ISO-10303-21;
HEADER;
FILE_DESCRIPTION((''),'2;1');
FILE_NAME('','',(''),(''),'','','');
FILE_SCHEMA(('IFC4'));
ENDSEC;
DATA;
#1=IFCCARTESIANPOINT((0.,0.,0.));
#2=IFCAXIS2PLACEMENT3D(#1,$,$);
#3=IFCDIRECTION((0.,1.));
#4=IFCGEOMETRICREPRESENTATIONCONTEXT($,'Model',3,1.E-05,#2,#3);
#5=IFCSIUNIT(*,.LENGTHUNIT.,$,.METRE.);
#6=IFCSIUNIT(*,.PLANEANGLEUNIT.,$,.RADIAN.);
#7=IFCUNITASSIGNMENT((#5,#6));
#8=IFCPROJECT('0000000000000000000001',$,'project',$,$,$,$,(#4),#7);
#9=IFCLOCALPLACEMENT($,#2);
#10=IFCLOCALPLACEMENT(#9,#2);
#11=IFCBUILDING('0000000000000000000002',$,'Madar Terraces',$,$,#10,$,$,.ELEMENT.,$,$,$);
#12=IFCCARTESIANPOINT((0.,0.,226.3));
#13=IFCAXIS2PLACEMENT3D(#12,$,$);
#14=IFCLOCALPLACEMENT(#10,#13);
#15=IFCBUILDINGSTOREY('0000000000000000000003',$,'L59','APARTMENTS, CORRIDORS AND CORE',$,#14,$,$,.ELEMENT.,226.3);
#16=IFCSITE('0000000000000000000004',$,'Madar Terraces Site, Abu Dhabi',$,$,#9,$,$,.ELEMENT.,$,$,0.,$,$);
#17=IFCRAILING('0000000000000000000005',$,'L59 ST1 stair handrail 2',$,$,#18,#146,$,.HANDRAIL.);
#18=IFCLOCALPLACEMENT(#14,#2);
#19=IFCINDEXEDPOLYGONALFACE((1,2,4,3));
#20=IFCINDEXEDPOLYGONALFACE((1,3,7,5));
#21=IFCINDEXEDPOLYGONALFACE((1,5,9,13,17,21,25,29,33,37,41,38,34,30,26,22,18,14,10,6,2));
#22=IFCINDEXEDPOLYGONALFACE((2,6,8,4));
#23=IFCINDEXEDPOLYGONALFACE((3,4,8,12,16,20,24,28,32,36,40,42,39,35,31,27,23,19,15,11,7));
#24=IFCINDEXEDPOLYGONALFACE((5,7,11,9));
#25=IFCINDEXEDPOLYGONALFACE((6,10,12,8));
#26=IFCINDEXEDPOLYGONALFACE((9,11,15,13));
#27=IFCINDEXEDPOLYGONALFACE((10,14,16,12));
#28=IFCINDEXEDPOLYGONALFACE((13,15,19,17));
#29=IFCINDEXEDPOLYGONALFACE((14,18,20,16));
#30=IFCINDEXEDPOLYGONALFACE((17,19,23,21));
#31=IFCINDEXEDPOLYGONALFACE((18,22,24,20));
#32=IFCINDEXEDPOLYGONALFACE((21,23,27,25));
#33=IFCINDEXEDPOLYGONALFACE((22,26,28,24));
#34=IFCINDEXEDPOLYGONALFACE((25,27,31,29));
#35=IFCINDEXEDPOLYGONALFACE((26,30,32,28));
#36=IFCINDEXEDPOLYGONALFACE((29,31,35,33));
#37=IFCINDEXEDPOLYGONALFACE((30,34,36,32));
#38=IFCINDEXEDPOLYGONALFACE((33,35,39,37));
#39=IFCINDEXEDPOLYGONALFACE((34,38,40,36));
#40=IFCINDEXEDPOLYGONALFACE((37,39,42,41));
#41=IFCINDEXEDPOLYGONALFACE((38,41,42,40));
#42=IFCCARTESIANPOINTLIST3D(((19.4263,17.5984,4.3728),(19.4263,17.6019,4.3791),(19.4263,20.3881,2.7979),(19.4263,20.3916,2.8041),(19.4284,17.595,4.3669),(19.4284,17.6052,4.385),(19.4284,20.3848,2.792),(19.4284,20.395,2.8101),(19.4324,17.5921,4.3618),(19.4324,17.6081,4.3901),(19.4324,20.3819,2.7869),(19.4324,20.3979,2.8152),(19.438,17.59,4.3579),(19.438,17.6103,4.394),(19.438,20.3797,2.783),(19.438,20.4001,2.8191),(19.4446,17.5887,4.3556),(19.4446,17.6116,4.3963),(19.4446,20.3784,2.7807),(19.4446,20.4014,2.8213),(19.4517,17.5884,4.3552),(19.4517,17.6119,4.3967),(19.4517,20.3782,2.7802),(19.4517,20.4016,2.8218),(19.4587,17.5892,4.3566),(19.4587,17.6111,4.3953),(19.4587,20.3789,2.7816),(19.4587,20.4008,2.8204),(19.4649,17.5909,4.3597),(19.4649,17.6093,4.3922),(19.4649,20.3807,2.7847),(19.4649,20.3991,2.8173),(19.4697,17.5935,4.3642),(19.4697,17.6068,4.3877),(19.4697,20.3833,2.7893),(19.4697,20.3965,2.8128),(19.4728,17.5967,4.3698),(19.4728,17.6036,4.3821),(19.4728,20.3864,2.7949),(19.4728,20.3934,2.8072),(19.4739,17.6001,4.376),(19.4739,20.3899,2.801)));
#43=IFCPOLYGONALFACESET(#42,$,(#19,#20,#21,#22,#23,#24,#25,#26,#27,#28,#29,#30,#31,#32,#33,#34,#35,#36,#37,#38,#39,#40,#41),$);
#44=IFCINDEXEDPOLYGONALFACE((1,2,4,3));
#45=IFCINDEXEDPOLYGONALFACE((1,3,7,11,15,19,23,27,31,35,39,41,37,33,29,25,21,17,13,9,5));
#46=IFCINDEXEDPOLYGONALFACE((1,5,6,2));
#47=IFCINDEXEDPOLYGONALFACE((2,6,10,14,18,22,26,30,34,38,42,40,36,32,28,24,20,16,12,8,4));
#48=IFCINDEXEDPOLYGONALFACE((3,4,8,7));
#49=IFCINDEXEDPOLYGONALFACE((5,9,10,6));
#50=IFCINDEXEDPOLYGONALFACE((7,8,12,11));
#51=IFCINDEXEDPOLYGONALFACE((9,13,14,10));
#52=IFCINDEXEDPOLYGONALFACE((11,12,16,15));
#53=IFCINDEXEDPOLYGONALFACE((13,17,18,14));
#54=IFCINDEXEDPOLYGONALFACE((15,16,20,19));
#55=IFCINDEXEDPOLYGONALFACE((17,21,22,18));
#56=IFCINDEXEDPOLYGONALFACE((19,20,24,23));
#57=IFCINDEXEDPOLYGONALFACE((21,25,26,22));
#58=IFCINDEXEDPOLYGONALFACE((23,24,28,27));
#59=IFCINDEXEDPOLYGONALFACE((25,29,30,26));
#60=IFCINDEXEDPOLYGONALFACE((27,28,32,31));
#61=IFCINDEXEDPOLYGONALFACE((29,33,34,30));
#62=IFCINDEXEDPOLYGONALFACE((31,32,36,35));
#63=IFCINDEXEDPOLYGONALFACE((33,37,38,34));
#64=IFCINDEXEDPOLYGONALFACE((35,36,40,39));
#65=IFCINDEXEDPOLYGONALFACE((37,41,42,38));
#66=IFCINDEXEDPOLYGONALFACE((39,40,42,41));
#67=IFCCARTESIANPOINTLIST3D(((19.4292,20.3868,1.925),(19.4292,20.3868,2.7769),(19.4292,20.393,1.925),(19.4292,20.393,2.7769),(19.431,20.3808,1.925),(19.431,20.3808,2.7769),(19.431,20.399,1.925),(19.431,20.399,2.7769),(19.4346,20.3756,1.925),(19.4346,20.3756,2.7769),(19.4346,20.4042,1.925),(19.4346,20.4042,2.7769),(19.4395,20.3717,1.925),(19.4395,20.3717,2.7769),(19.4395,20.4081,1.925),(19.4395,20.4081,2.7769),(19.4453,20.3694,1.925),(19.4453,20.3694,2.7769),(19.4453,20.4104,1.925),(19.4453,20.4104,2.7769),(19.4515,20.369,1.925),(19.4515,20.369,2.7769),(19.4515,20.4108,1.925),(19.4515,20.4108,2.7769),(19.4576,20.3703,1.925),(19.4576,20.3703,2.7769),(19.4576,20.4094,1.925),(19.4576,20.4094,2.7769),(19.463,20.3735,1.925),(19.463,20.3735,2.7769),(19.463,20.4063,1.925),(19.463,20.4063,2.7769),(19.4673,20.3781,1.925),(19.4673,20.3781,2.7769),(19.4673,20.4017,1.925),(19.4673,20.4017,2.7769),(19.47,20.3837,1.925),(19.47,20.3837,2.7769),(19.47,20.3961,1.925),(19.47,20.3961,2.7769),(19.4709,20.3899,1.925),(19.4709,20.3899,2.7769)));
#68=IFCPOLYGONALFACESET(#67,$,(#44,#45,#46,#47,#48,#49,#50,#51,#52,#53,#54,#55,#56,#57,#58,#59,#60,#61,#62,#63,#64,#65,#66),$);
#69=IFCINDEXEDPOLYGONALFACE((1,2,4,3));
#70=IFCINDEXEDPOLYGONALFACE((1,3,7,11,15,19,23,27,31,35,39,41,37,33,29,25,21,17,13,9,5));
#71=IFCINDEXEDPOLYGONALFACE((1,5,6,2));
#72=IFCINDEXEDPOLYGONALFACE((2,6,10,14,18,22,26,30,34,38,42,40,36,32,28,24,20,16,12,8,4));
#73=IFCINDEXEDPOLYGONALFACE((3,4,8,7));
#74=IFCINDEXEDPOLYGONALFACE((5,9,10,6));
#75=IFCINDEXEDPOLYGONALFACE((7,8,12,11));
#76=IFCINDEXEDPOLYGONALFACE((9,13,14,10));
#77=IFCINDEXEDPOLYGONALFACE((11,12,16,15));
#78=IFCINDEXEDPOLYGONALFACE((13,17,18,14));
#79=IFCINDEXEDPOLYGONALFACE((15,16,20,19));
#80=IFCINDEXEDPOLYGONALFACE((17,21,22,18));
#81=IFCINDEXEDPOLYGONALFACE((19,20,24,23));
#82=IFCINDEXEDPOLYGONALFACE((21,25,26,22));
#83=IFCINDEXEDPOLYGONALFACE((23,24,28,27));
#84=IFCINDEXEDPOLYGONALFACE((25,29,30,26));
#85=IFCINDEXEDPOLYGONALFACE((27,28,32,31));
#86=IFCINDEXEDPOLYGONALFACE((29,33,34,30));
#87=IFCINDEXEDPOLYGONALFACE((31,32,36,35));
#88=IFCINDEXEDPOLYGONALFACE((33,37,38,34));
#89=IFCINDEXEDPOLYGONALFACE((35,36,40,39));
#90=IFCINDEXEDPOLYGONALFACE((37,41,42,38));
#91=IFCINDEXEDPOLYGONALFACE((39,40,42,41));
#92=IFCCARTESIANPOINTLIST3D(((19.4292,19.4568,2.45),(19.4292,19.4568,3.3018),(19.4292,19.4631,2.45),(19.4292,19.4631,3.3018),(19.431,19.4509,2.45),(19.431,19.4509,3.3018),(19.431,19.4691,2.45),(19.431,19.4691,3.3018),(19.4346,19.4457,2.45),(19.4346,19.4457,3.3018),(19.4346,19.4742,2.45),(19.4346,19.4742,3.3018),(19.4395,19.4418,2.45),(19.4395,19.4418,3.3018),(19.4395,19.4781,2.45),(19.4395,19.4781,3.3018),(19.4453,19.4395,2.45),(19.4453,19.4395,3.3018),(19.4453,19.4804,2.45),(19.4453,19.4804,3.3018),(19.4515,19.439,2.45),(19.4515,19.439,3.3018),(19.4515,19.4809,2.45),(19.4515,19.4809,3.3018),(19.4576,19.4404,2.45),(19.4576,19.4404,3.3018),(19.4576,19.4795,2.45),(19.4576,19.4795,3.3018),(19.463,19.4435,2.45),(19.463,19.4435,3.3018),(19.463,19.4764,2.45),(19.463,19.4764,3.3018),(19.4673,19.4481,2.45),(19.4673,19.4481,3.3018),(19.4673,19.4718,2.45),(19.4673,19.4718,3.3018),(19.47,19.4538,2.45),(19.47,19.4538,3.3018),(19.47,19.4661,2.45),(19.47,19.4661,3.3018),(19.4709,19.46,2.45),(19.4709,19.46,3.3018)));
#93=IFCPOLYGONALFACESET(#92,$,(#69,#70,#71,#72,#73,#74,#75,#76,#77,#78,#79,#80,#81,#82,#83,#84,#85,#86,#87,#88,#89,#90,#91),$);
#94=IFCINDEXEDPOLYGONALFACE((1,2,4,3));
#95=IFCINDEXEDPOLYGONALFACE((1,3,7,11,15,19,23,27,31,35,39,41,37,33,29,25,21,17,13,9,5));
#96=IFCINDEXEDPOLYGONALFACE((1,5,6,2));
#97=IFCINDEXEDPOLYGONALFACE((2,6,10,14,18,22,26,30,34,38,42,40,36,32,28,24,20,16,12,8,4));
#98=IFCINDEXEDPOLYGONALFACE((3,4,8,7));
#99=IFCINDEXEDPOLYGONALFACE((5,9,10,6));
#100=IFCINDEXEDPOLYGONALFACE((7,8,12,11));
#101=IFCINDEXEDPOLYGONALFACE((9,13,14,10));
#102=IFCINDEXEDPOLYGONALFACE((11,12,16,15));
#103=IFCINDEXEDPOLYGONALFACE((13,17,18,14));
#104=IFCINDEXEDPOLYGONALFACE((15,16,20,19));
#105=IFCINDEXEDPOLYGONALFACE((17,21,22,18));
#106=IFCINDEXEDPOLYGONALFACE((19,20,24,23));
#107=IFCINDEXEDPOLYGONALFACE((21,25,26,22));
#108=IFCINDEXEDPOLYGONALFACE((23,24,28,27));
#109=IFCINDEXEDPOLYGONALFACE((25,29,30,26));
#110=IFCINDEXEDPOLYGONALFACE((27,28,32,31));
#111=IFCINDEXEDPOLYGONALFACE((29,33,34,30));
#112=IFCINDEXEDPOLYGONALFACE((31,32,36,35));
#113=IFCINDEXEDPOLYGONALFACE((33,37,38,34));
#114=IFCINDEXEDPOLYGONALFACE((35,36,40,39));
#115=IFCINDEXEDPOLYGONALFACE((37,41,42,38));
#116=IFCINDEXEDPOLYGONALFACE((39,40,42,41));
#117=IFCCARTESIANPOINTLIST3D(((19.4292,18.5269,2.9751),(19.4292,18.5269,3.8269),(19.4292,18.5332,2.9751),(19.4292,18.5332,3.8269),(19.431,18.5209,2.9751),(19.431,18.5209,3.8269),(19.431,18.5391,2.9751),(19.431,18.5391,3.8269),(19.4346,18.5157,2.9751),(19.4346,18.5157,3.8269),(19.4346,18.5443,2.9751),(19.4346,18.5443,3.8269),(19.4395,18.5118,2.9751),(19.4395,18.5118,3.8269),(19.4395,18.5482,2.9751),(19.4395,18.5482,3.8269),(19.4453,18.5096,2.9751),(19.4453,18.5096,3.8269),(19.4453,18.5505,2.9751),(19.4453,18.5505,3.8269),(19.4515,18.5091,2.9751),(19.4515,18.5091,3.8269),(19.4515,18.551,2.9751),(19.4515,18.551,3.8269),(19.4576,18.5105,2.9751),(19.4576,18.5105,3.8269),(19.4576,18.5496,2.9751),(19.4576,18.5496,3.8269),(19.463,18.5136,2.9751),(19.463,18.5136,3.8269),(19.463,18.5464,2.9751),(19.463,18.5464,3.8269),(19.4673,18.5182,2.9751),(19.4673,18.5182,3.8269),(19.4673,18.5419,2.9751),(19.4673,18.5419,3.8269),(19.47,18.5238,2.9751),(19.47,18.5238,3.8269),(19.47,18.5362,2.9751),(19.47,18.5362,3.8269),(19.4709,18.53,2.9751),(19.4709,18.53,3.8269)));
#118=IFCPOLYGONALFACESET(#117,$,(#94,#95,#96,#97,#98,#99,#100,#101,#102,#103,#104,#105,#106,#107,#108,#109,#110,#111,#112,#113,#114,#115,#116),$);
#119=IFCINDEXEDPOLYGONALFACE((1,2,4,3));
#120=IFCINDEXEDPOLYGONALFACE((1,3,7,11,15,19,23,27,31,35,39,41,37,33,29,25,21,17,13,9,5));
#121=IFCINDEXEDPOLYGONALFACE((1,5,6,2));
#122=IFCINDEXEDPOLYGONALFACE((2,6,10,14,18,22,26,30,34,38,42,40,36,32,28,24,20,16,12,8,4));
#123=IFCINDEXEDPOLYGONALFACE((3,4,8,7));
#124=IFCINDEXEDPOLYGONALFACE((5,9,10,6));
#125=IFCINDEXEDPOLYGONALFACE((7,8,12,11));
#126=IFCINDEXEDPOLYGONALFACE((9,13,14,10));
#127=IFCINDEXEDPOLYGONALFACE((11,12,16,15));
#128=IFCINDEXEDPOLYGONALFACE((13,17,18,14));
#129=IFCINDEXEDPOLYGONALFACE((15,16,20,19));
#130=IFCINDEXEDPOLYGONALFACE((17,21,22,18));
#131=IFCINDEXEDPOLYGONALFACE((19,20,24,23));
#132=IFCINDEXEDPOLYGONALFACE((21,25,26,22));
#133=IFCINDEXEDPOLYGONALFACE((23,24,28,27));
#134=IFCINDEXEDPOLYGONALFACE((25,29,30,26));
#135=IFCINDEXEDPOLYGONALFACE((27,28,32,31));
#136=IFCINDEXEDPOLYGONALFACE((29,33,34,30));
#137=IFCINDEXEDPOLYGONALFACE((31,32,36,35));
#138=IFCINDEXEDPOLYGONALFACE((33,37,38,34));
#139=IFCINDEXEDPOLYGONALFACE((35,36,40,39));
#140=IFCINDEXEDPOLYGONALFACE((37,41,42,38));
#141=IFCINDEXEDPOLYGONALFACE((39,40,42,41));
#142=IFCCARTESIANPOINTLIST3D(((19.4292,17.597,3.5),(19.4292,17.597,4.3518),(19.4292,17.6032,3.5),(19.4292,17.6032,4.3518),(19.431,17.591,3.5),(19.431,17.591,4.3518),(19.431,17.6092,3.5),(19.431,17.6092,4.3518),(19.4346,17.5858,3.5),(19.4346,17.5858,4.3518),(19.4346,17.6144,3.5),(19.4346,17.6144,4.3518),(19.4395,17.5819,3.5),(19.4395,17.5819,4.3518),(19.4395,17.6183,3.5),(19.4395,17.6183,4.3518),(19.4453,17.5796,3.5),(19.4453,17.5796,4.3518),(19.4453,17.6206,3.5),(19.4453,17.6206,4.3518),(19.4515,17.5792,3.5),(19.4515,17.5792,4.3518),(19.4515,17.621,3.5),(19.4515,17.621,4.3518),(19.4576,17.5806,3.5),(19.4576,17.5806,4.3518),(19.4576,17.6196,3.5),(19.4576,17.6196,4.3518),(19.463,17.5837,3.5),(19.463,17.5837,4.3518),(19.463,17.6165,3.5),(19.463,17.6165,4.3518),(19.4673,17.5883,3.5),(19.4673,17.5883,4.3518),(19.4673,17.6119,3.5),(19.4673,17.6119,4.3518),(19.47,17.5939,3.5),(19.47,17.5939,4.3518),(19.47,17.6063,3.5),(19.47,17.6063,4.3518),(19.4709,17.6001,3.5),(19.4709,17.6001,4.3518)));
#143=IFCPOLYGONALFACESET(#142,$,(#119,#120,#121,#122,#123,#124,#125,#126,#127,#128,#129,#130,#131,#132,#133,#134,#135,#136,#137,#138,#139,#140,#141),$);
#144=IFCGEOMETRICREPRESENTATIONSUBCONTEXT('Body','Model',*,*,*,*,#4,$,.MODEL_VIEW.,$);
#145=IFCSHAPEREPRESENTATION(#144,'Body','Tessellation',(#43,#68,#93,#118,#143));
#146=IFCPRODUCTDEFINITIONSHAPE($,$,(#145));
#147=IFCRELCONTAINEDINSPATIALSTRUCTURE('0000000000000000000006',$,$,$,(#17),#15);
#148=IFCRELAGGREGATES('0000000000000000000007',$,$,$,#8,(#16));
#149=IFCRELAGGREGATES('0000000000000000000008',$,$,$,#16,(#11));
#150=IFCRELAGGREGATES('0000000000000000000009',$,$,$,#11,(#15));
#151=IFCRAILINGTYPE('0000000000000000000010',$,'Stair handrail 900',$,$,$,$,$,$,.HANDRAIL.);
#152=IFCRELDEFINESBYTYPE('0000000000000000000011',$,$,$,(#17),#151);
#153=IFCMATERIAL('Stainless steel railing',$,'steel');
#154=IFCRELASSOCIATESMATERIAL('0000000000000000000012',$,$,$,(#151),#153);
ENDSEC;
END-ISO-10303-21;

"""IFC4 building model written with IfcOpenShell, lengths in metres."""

from ifc_helpers import new_model, si_unit, direction, frame, origin, origin_2d, place, context, subcontext, project, spatial, circle, extrude, material, type_object, element, save


model = new_model("IFC4")

# Units and contexts
model_context = context("Model", 3, precision=1e-05, world=origin(), true_north=direction((0.0, 1.0)))
body_context = subcontext(model_context, "Body", "Model", "MODEL_VIEW")
ifc_project = project(units=[si_unit("LENGTHUNIT", "METRE"), si_unit("PLANEANGLEUNIT", "RADIAN")], contexts=[model_context])

# Site, building, storey
site_placement = place(None, origin())
site = spatial("IfcSite", under=ifc_project, at=site_placement, Name="Madar Terraces Site, Abu Dhabi", CompositionType="ELEMENT", RefElevation=0.0)
building_placement = place(site_placement, origin())
building = spatial("IfcBuilding", under=site, at=building_placement, Name="Madar Terraces", CompositionType="ELEMENT")
storey_placement = place(building_placement, frame((0.0, 0.0, 226.3)))
storey = spatial("IfcBuildingStorey", under=building, at=storey_placement, Name="L59", Description="APARTMENTS, CORRIDORS AND CORE", CompositionType="ELEMENT", Elevation=226.3)

# Railing
ifc_material_1 = material(Name="Stainless steel railing", Category="steel")
railing_type_1 = type_object("IfcRailingType", Name="Stair handrail 900", PredefinedType="HANDRAIL", material=ifc_material_1)
railing_1_placement = place(storey_placement, frame((19.45, 20.3899, 1.925)))
element("IfcRailing", 1, at=railing_1_placement, inside=storey, type_object=railing_type_1, Name="L59 ST1 stair handrail 2", PredefinedType="HANDRAIL", context=body_context, shape_type="SweptSolid", body=[
    extrude(circle(Radius=0.0239, at=origin_2d()), frame((0.0, 0.0, 0.876), z_axis=(0.0, -0.870815, 0.49161), x_axis=(1.0, 0.0, 0.0)), (0.0, 0.0, 1.0), 3.2036),
    extrude(circle(Radius=0.021, at=origin_2d()), origin(), (0.0, 0.0, 1.0), 0.8518),
    extrude(circle(Radius=0.021, at=origin_2d()), frame((0.0, -0.9299, 0.5249)), (0.0, 0.0, 1.0), 0.8518),
    extrude(circle(Radius=0.021, at=origin_2d()), frame((0.0, -1.8599, 1.05)), (0.0, 0.0, 1.0), 0.8518),
    extrude(circle(Radius=0.021, at=origin_2d()), frame((0.0, -2.7898, 1.575)), (0.0, 0.0, 1.0), 0.8518),
])

save(model, "model.ifc")
